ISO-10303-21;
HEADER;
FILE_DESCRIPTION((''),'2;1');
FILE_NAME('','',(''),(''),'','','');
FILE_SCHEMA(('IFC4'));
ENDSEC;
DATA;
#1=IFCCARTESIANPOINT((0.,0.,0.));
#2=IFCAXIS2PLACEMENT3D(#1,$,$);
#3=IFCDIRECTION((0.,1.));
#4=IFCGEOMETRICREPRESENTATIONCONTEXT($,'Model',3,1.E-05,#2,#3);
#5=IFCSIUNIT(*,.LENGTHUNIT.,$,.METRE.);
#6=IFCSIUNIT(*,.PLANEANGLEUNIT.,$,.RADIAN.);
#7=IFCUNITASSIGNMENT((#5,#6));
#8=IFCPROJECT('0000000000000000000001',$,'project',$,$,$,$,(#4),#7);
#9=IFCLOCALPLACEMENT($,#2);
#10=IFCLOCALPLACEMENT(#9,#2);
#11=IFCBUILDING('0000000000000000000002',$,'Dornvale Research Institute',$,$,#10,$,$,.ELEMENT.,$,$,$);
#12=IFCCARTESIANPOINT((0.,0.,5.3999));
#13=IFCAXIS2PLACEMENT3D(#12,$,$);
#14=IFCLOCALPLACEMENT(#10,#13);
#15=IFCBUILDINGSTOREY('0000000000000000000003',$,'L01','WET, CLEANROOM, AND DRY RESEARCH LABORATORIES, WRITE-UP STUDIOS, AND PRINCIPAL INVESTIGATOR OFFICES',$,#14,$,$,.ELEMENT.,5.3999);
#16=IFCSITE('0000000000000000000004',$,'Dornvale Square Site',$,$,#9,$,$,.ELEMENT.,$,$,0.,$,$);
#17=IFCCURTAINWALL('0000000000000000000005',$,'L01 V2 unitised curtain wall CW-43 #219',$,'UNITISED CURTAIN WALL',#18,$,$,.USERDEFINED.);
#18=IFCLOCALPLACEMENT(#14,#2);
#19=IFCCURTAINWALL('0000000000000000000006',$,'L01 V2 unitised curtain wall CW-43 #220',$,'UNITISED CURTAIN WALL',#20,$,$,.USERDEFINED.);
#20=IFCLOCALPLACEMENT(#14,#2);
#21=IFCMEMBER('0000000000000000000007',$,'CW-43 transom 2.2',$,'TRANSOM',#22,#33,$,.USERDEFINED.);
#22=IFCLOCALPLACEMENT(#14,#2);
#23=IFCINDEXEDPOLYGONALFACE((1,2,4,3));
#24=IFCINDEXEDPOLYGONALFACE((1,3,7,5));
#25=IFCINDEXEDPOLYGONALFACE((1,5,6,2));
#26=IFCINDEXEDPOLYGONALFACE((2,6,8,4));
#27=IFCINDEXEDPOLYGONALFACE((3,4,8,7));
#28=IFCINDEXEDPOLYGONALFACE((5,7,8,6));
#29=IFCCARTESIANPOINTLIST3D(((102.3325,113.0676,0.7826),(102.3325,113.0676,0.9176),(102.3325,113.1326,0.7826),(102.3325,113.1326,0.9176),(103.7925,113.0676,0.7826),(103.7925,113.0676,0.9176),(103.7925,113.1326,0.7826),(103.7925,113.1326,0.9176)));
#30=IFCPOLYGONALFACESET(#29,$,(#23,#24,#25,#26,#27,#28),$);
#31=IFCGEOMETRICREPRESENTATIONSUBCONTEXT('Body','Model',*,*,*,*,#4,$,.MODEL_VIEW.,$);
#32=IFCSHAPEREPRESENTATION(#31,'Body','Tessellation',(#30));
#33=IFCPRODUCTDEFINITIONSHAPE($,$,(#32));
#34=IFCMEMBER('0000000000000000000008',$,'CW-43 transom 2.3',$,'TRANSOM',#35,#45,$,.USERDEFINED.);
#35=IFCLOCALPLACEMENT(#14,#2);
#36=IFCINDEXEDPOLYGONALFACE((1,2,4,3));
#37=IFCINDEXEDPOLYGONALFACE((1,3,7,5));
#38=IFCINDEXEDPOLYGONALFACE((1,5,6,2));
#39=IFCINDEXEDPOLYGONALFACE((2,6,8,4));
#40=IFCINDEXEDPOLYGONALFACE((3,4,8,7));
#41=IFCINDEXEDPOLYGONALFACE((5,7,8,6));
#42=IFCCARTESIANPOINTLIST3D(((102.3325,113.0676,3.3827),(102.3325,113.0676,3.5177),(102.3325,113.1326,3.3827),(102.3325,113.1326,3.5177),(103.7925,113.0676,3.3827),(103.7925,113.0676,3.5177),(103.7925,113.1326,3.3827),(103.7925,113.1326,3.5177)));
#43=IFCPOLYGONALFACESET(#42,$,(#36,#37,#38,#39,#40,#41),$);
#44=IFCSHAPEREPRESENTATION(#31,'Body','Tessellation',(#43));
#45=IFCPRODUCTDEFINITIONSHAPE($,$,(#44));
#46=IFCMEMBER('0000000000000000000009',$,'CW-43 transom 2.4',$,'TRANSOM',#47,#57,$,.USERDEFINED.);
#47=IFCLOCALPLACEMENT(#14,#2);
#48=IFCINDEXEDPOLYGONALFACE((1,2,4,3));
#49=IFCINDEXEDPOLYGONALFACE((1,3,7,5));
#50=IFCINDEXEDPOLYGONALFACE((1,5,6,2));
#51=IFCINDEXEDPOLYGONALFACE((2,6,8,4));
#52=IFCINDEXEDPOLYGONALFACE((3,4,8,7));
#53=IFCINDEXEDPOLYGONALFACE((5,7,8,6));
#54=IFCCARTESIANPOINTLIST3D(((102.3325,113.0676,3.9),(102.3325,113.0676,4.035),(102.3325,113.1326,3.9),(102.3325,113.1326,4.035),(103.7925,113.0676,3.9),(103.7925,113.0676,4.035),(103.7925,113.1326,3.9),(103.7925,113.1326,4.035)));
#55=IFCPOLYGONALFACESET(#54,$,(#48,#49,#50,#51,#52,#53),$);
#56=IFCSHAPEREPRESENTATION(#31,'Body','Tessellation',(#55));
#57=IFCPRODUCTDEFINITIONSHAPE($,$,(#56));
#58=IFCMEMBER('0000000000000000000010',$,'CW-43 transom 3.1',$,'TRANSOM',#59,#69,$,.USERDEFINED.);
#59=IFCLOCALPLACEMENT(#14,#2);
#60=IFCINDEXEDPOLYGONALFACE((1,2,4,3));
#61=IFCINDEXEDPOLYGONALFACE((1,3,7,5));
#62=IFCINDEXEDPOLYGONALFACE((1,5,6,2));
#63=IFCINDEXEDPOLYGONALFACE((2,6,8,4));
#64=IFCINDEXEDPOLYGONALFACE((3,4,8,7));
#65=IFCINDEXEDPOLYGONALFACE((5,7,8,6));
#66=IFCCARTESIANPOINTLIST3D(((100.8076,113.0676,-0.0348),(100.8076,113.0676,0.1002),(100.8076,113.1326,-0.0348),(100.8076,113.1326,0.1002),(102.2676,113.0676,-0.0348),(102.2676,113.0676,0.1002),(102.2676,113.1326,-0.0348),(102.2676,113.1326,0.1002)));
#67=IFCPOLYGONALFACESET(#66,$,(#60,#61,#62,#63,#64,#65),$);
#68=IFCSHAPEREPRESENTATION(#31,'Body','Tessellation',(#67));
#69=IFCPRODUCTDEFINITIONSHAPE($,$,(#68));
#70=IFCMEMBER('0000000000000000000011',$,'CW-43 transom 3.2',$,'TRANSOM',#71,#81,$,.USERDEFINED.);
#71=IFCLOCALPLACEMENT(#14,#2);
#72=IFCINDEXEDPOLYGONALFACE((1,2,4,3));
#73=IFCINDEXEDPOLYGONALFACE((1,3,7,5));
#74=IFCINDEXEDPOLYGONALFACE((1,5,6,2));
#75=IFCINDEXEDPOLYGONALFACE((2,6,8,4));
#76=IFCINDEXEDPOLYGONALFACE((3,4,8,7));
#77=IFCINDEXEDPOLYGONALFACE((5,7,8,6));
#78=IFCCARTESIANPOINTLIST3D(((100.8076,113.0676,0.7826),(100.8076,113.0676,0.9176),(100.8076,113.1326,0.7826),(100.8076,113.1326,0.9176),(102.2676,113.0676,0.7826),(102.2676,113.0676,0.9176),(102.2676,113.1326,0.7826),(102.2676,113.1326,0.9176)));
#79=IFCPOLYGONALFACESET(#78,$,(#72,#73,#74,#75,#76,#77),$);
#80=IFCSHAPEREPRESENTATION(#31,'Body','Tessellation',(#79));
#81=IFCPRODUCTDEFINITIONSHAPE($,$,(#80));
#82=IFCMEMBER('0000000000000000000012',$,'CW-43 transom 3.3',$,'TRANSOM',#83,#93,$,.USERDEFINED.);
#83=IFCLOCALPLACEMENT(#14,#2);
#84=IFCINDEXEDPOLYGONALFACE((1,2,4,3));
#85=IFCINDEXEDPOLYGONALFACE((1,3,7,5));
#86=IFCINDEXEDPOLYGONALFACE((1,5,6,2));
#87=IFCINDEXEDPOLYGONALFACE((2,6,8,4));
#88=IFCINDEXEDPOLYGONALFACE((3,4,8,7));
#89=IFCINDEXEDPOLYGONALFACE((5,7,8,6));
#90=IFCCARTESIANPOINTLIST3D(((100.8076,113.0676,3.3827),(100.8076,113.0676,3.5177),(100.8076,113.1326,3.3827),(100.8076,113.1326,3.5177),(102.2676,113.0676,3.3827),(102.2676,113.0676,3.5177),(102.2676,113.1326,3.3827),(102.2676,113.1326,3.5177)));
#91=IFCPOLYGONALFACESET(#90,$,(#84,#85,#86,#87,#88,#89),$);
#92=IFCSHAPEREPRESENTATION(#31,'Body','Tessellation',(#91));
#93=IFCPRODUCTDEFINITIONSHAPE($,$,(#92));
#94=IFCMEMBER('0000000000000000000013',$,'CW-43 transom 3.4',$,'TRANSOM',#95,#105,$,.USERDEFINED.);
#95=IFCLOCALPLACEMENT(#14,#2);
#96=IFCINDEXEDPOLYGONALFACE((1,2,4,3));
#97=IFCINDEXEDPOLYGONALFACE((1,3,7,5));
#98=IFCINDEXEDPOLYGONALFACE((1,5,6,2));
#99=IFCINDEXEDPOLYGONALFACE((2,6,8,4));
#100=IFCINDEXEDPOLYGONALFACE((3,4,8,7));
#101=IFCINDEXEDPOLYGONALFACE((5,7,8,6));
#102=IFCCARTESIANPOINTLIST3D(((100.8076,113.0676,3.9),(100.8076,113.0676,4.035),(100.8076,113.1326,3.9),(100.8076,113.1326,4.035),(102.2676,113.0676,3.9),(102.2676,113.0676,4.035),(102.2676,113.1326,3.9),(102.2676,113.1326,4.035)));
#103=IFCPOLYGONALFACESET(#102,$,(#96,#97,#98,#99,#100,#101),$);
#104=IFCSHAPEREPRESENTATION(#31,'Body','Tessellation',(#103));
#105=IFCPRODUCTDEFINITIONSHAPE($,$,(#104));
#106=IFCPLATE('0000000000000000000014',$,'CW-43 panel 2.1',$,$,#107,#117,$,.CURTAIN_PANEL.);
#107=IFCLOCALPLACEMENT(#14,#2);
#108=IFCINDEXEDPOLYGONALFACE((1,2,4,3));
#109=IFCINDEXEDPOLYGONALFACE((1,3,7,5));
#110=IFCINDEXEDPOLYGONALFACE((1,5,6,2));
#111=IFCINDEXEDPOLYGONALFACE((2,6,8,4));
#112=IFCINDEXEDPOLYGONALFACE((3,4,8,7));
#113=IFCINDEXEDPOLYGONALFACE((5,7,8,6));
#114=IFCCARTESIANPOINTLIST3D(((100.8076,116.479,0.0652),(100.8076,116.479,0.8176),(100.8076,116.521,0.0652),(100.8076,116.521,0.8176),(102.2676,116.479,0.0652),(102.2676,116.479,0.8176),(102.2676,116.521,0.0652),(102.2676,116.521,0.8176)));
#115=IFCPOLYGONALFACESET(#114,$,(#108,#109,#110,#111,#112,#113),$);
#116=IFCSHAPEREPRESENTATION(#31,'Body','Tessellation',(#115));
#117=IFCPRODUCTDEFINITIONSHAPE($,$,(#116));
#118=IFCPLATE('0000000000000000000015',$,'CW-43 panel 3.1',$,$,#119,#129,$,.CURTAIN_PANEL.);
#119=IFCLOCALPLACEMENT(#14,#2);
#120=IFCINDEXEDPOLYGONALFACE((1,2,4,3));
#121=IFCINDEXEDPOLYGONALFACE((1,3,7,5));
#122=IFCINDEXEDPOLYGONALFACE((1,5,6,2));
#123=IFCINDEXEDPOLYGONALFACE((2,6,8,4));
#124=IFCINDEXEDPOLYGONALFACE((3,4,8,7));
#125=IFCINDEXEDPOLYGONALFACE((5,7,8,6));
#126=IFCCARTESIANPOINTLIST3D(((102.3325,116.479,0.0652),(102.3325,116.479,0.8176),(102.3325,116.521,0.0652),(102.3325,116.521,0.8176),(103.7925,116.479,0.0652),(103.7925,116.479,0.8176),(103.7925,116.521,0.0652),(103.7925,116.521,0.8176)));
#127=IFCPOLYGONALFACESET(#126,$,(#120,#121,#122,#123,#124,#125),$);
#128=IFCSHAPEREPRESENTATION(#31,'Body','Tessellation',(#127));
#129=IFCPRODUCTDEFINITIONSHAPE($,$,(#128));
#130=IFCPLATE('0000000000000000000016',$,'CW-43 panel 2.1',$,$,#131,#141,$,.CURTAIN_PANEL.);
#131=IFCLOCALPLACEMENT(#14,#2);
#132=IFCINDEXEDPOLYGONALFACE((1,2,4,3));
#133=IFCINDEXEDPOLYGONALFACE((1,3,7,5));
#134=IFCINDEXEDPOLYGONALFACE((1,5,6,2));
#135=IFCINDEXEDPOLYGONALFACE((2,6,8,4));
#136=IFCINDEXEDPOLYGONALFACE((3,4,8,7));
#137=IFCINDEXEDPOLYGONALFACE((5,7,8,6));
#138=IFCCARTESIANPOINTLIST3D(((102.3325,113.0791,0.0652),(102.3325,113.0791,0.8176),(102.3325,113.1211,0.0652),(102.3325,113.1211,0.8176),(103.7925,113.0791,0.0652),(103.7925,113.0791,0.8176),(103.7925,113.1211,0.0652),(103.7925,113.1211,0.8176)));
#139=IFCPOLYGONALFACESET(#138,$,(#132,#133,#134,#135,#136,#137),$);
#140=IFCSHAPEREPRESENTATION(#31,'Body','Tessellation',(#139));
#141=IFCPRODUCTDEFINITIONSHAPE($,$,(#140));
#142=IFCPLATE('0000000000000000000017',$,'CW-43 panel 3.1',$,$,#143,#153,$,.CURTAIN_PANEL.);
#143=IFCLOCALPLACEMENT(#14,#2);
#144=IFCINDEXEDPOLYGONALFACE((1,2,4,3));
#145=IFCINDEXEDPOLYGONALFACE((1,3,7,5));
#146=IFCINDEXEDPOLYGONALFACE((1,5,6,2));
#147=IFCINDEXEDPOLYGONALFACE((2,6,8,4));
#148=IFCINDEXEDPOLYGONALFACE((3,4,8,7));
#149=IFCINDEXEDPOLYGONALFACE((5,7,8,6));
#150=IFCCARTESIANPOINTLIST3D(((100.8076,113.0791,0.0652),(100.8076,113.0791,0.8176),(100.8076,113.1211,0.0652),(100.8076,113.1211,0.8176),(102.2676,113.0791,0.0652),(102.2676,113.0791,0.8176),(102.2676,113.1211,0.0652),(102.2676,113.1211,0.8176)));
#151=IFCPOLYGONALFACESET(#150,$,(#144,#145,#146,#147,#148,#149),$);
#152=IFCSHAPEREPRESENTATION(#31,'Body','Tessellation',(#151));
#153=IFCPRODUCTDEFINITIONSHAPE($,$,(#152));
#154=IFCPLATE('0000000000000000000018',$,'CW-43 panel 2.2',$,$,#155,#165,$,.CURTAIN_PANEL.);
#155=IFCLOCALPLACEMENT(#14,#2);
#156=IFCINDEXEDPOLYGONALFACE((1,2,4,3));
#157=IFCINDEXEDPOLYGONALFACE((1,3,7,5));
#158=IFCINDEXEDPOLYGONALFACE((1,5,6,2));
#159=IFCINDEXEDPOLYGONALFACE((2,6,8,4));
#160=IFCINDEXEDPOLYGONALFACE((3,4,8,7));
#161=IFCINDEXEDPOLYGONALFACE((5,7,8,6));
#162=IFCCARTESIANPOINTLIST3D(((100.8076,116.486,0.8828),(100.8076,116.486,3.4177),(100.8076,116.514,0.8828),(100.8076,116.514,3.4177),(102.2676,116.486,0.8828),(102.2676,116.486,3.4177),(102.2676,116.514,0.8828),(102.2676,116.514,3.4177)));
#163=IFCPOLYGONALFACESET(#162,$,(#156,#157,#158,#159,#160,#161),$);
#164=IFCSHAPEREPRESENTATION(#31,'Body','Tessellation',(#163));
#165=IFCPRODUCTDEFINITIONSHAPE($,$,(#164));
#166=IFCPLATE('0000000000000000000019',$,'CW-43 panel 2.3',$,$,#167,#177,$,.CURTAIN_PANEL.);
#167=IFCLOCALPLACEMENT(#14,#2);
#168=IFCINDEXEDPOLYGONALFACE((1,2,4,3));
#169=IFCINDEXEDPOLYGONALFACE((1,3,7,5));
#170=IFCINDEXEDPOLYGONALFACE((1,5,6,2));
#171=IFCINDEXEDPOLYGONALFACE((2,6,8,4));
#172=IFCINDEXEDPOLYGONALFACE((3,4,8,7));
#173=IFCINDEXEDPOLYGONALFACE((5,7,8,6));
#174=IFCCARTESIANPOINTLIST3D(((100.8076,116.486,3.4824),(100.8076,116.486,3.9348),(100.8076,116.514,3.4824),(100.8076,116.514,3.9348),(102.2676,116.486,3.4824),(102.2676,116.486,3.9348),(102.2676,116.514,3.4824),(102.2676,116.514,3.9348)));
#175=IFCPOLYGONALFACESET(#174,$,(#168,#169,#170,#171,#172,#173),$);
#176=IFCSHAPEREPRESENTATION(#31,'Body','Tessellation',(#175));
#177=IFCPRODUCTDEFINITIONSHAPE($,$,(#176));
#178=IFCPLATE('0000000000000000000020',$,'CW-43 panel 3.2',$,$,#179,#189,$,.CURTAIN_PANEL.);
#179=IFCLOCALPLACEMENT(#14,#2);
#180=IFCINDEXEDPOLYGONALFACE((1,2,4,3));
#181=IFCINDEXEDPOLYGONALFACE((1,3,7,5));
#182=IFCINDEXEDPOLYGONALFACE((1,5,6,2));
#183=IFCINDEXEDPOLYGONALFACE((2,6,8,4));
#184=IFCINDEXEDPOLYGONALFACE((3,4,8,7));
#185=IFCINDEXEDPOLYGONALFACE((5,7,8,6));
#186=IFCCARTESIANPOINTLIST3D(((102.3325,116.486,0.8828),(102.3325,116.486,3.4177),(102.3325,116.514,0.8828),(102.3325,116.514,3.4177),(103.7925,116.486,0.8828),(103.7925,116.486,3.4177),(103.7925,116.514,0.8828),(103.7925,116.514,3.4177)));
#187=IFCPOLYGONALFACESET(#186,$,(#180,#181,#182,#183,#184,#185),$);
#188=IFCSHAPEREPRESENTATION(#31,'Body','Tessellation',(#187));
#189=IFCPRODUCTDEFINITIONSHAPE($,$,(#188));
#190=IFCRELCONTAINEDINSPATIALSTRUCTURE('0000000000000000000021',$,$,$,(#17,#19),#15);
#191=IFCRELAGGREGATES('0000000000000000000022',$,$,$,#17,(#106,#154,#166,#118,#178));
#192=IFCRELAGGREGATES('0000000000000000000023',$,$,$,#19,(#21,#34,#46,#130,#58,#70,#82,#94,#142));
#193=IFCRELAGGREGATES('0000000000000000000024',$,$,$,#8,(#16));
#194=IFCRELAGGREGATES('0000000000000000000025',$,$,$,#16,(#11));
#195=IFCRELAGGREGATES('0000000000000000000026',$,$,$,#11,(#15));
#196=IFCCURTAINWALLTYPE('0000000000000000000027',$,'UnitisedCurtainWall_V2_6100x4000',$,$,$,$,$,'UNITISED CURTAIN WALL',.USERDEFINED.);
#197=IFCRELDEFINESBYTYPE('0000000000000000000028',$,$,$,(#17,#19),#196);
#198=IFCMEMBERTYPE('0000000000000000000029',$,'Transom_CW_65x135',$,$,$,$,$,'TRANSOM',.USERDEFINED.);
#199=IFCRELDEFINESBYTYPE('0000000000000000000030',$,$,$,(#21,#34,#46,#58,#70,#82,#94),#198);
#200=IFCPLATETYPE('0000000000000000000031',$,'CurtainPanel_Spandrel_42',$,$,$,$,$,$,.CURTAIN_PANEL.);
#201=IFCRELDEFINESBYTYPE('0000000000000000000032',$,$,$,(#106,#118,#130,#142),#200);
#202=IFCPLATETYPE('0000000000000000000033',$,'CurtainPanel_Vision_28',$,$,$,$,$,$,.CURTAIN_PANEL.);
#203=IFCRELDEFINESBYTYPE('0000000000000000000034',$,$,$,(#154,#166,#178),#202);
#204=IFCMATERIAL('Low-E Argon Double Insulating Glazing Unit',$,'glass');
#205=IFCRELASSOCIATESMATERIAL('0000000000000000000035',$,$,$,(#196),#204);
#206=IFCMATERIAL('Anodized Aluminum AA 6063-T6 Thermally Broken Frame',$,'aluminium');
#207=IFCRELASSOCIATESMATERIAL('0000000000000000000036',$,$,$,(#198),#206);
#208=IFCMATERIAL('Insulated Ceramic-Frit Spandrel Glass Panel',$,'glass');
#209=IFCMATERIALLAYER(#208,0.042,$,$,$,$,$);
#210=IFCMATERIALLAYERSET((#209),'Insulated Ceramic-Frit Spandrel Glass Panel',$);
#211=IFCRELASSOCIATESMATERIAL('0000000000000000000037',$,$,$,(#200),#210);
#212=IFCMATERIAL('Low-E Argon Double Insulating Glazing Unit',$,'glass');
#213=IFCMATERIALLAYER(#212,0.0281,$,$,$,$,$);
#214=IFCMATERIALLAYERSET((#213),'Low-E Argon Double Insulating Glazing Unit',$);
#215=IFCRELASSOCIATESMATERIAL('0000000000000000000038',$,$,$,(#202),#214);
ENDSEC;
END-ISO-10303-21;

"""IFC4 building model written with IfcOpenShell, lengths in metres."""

from ifc_helpers import new_model, si_unit, direction, frame, origin, origin_2d, place, context, subcontext, project, spatial, rectangle, extrude, material, layer, layer_set, material_profile, profile_set, type_object, element, aggregate, save


model = new_model("IFC4")

# Units and contexts
model_context = context("Model", 3, precision=1e-05, world=origin(), true_north=direction((0.0, 1.0)))
body_context = subcontext(model_context, "Body", "Model", "MODEL_VIEW")
ifc_project = project(units=[si_unit("LENGTHUNIT", "METRE"), si_unit("PLANEANGLEUNIT", "RADIAN")], contexts=[model_context])

# Site, building, storey
site_placement = place(None, origin())
site = spatial("IfcSite", under=ifc_project, at=site_placement, Name="Dornvale Square Site", CompositionType="ELEMENT", RefElevation=0.0)
building_placement = place(site_placement, origin())
building = spatial("IfcBuilding", under=site, at=building_placement, Name="Dornvale Research Institute", CompositionType="ELEMENT")
storey_placement = place(building_placement, frame((0.0, 0.0, 5.3999)))
storey = spatial("IfcBuildingStorey", under=building, at=storey_placement, Name="L01", Description="WET, CLEANROOM, AND DRY RESEARCH LABORATORIES, WRITE-UP STUDIOS, AND PRINCIPAL INVESTIGATOR OFFICES", CompositionType="ELEMENT", Elevation=5.3999)

# Curtain walls
ifc_material_1 = material(Name="Low-E Argon Double Insulating Glazing Unit", Category="glass")
curtain_wall_type = type_object("IfcCurtainWallType", Name="UnitisedCurtainWall_V2_6100x4000", ElementType="UNITISED CURTAIN WALL", PredefinedType="USERDEFINED", material=ifc_material_1)
curtain_wall_1_placement = place(storey_placement, origin())
curtain_wall_1 = element("IfcCurtainWall", 1, at=curtain_wall_1_placement, inside=storey, type_object=curtain_wall_type, Name="L01 V2 unitised curtain wall CW-43 #219", ObjectType="UNITISED CURTAIN WALL", PredefinedType="USERDEFINED")
curtain_wall_2_placement = place(storey_placement, origin())
curtain_wall_2 = element("IfcCurtainWall", 2, at=curtain_wall_2_placement, inside=storey, type_object=curtain_wall_type, Name="L01 V2 unitised curtain wall CW-43 #220", ObjectType="UNITISED CURTAIN WALL", PredefinedType="USERDEFINED")

# Members
ifc_material_2 = material(Name="Anodized Aluminum AA 6063-T6 Thermally Broken Frame", Category="aluminium")
ifc_material_profile_1 = material_profile(ifc_material_2, rectangle(XDim=0.0649, YDim=0.135, at=origin_2d()), Name="ALU TRANSOM 65x135")
ifc_profile_set_1 = profile_set([ifc_material_profile_1], Name="Anodized Aluminum AA 6063-T6 Thermally Broken Frame")
member_type_1 = type_object("IfcMemberType", Name="Transom_CW_65x135", ElementType="TRANSOM", PredefinedType="USERDEFINED", material=ifc_profile_set_1)
member_1_placement = place(storey_placement, frame((103.7925, 113.1001, 0.8501), z_axis=(-1.0, 0.0, 0.0), x_axis=(0.0, -1.0, 0.0)))
member_1 = element("IfcMember", 3, at=member_1_placement, type_object=member_type_1, Name="CW-43 transom 2.2", ObjectType="TRANSOM", PredefinedType="USERDEFINED", context=body_context, shape_type="SweptSolid", body=[
    extrude(rectangle(XDim=0.0649, YDim=0.135, at=origin_2d()), origin(), (0.0, 0.0, 1.0), 1.46),
])
member_2_placement = place(storey_placement, frame((103.7925, 113.1001, 3.4502), z_axis=(-1.0, 0.0, 0.0), x_axis=(0.0, -1.0, 0.0)))
member_2 = element("IfcMember", 4, at=member_2_placement, type_object=member_type_1, Name="CW-43 transom 2.3", ObjectType="TRANSOM", PredefinedType="USERDEFINED", context=body_context, shape_type="SweptSolid", body=[
    extrude(rectangle(XDim=0.0649, YDim=0.135, at=origin_2d()), origin(), (0.0, 0.0, 1.0), 1.46),
])
member_3_placement = place(storey_placement, frame((103.7925, 113.1001, 3.9675), z_axis=(-1.0, 0.0, 0.0), x_axis=(0.0, -1.0, 0.0)))
member_3 = element("IfcMember", 5, at=member_3_placement, type_object=member_type_1, Name="CW-43 transom 2.4", ObjectType="TRANSOM", PredefinedType="USERDEFINED", context=body_context, shape_type="SweptSolid", body=[
    extrude(rectangle(XDim=0.0649, YDim=0.135, at=origin_2d()), origin(), (0.0, 0.0, 1.0), 1.46),
])
member_4_placement = place(storey_placement, frame((102.2676, 113.1001, 0.0327), z_axis=(-1.0, 0.0, 0.0), x_axis=(0.0, -1.0, 0.0)))
member_4 = element("IfcMember", 6, at=member_4_placement, type_object=member_type_1, Name="CW-43 transom 3.1", ObjectType="TRANSOM", PredefinedType="USERDEFINED", context=body_context, shape_type="SweptSolid", body=[
    extrude(rectangle(XDim=0.0649, YDim=0.135, at=origin_2d()), origin(), (0.0, 0.0, 1.0), 1.46),
])
member_5_placement = place(storey_placement, frame((102.2676, 113.1001, 0.8501), z_axis=(-1.0, 0.0, 0.0), x_axis=(0.0, -1.0, 0.0)))
member_5 = element("IfcMember", 7, at=member_5_placement, type_object=member_type_1, Name="CW-43 transom 3.2", ObjectType="TRANSOM", PredefinedType="USERDEFINED", context=body_context, shape_type="SweptSolid", body=[
    extrude(rectangle(XDim=0.0649, YDim=0.135, at=origin_2d()), origin(), (0.0, 0.0, 1.0), 1.46),
])
member_6_placement = place(storey_placement, frame((102.2676, 113.1001, 3.4502), z_axis=(-1.0, 0.0, 0.0), x_axis=(0.0, -1.0, 0.0)))
member_6 = element("IfcMember", 8, at=member_6_placement, type_object=member_type_1, Name="CW-43 transom 3.3", ObjectType="TRANSOM", PredefinedType="USERDEFINED", context=body_context, shape_type="SweptSolid", body=[
    extrude(rectangle(XDim=0.0649, YDim=0.135, at=origin_2d()), origin(), (0.0, 0.0, 1.0), 1.46),
])
member_7_placement = place(storey_placement, frame((102.2676, 113.1001, 3.9675), z_axis=(-1.0, 0.0, 0.0), x_axis=(0.0, -1.0, 0.0)))
member_7 = element("IfcMember", 9, at=member_7_placement, type_object=member_type_1, Name="CW-43 transom 3.4", ObjectType="TRANSOM", PredefinedType="USERDEFINED", context=body_context, shape_type="SweptSolid", body=[
    extrude(rectangle(XDim=0.0649, YDim=0.135, at=origin_2d()), origin(), (0.0, 0.0, 1.0), 1.46),
])

# Plates
ifc_material_3 = material(Name="Insulated Ceramic-Frit Spandrel Glass Panel", Category="glass")
ifc_layer_1 = layer(ifc_material_3, 0.042)
ifc_layer_set_1 = layer_set([ifc_layer_1], Name="Insulated Ceramic-Frit Spandrel Glass Panel")
plate_type_1 = type_object("IfcPlateType", Name="CurtainPanel_Spandrel_42", PredefinedType="CURTAIN_PANEL", material=ifc_layer_set_1)
plate_1_placement = place(storey_placement, frame((101.5376, 116.5, 0.0652), z_axis=(0.0, 0.0, 1.0), x_axis=(1.0, 0.0, 0.0)))
plate_1 = element("IfcPlate", 10, at=plate_1_placement, type_object=plate_type_1, Name="CW-43 panel 2.1", PredefinedType="CURTAIN_PANEL", context=body_context, shape_type="SweptSolid", body=[
    extrude(rectangle(XDim=1.46, YDim=0.042, at=origin_2d()), origin(), (0.0, 0.0, 1.0), 0.7524),
])
plate_2_placement = place(storey_placement, frame((103.0625, 116.5, 0.0652), z_axis=(0.0, 0.0, 1.0), x_axis=(1.0, 0.0, 0.0)))
plate_2 = element("IfcPlate", 11, at=plate_2_placement, type_object=plate_type_1, Name="CW-43 panel 3.1", PredefinedType="CURTAIN_PANEL", context=body_context, shape_type="SweptSolid", body=[
    extrude(rectangle(XDim=1.46, YDim=0.042, at=origin_2d()), origin(), (0.0, 0.0, 1.0), 0.7524),
])
plate_3_placement = place(storey_placement, frame((103.0625, 113.1001, 0.0652), z_axis=(0.0, 0.0, 1.0), x_axis=(-1.0, 0.0, 0.0)))
plate_3 = element("IfcPlate", 12, at=plate_3_placement, type_object=plate_type_1, Name="CW-43 panel 2.1", PredefinedType="CURTAIN_PANEL", context=body_context, shape_type="SweptSolid", body=[
    extrude(rectangle(XDim=1.46, YDim=0.042, at=origin_2d()), origin(), (0.0, 0.0, 1.0), 0.7524),
])
plate_4_placement = place(storey_placement, frame((101.5376, 113.1001, 0.0652), z_axis=(0.0, 0.0, 1.0), x_axis=(-1.0, 0.0, 0.0)))
plate_4 = element("IfcPlate", 13, at=plate_4_placement, type_object=plate_type_1, Name="CW-43 panel 3.1", PredefinedType="CURTAIN_PANEL", context=body_context, shape_type="SweptSolid", body=[
    extrude(rectangle(XDim=1.46, YDim=0.042, at=origin_2d()), origin(), (0.0, 0.0, 1.0), 0.7524),
])
ifc_material_4 = material(Name="Low-E Argon Double Insulating Glazing Unit", Category="glass")
ifc_layer_2 = layer(ifc_material_4, 0.0281)
ifc_layer_set_2 = layer_set([ifc_layer_2], Name="Low-E Argon Double Insulating Glazing Unit")
plate_type_2 = type_object("IfcPlateType", Name="CurtainPanel_Vision_28", PredefinedType="CURTAIN_PANEL", material=ifc_layer_set_2)
plate_5_placement = place(storey_placement, frame((101.5376, 116.5, 0.8828), z_axis=(0.0, 0.0, 1.0), x_axis=(1.0, 0.0, 0.0)))
plate_5 = element("IfcPlate", 14, at=plate_5_placement, type_object=plate_type_2, Name="CW-43 panel 2.2", PredefinedType="CURTAIN_PANEL", context=body_context, shape_type="SweptSolid", body=[
    extrude(rectangle(XDim=1.46, YDim=0.0281, at=origin_2d()), origin(), (0.0, 0.0, 1.0), 2.5349),
])
plate_6_placement = place(storey_placement, frame((101.5376, 116.5, 3.4824), z_axis=(0.0, 0.0, 1.0), x_axis=(1.0, 0.0, 0.0)))
plate_6 = element("IfcPlate", 15, at=plate_6_placement, type_object=plate_type_2, Name="CW-43 panel 2.3", PredefinedType="CURTAIN_PANEL", context=body_context, shape_type="SweptSolid", body=[
    extrude(rectangle(XDim=1.46, YDim=0.0281, at=origin_2d()), origin(), (0.0, 0.0, 1.0), 0.4524),
])
plate_7_placement = place(storey_placement, frame((103.0625, 116.5, 0.8828), z_axis=(0.0, 0.0, 1.0), x_axis=(1.0, 0.0, 0.0)))
plate_7 = element("IfcPlate", 16, at=plate_7_placement, type_object=plate_type_2, Name="CW-43 panel 3.2", PredefinedType="CURTAIN_PANEL", context=body_context, shape_type="SweptSolid", body=[
    extrude(rectangle(XDim=1.46, YDim=0.0281, at=origin_2d()), origin(), (0.0, 0.0, 1.0), 2.5349),
])
aggregate(curtain_wall_1, [plate_1, plate_5, plate_6, plate_2, plate_7])
aggregate(curtain_wall_2, [member_1, member_2, member_3, plate_3, member_4, member_5, member_6, member_7, plate_4])

save(model, "model.ifc")
